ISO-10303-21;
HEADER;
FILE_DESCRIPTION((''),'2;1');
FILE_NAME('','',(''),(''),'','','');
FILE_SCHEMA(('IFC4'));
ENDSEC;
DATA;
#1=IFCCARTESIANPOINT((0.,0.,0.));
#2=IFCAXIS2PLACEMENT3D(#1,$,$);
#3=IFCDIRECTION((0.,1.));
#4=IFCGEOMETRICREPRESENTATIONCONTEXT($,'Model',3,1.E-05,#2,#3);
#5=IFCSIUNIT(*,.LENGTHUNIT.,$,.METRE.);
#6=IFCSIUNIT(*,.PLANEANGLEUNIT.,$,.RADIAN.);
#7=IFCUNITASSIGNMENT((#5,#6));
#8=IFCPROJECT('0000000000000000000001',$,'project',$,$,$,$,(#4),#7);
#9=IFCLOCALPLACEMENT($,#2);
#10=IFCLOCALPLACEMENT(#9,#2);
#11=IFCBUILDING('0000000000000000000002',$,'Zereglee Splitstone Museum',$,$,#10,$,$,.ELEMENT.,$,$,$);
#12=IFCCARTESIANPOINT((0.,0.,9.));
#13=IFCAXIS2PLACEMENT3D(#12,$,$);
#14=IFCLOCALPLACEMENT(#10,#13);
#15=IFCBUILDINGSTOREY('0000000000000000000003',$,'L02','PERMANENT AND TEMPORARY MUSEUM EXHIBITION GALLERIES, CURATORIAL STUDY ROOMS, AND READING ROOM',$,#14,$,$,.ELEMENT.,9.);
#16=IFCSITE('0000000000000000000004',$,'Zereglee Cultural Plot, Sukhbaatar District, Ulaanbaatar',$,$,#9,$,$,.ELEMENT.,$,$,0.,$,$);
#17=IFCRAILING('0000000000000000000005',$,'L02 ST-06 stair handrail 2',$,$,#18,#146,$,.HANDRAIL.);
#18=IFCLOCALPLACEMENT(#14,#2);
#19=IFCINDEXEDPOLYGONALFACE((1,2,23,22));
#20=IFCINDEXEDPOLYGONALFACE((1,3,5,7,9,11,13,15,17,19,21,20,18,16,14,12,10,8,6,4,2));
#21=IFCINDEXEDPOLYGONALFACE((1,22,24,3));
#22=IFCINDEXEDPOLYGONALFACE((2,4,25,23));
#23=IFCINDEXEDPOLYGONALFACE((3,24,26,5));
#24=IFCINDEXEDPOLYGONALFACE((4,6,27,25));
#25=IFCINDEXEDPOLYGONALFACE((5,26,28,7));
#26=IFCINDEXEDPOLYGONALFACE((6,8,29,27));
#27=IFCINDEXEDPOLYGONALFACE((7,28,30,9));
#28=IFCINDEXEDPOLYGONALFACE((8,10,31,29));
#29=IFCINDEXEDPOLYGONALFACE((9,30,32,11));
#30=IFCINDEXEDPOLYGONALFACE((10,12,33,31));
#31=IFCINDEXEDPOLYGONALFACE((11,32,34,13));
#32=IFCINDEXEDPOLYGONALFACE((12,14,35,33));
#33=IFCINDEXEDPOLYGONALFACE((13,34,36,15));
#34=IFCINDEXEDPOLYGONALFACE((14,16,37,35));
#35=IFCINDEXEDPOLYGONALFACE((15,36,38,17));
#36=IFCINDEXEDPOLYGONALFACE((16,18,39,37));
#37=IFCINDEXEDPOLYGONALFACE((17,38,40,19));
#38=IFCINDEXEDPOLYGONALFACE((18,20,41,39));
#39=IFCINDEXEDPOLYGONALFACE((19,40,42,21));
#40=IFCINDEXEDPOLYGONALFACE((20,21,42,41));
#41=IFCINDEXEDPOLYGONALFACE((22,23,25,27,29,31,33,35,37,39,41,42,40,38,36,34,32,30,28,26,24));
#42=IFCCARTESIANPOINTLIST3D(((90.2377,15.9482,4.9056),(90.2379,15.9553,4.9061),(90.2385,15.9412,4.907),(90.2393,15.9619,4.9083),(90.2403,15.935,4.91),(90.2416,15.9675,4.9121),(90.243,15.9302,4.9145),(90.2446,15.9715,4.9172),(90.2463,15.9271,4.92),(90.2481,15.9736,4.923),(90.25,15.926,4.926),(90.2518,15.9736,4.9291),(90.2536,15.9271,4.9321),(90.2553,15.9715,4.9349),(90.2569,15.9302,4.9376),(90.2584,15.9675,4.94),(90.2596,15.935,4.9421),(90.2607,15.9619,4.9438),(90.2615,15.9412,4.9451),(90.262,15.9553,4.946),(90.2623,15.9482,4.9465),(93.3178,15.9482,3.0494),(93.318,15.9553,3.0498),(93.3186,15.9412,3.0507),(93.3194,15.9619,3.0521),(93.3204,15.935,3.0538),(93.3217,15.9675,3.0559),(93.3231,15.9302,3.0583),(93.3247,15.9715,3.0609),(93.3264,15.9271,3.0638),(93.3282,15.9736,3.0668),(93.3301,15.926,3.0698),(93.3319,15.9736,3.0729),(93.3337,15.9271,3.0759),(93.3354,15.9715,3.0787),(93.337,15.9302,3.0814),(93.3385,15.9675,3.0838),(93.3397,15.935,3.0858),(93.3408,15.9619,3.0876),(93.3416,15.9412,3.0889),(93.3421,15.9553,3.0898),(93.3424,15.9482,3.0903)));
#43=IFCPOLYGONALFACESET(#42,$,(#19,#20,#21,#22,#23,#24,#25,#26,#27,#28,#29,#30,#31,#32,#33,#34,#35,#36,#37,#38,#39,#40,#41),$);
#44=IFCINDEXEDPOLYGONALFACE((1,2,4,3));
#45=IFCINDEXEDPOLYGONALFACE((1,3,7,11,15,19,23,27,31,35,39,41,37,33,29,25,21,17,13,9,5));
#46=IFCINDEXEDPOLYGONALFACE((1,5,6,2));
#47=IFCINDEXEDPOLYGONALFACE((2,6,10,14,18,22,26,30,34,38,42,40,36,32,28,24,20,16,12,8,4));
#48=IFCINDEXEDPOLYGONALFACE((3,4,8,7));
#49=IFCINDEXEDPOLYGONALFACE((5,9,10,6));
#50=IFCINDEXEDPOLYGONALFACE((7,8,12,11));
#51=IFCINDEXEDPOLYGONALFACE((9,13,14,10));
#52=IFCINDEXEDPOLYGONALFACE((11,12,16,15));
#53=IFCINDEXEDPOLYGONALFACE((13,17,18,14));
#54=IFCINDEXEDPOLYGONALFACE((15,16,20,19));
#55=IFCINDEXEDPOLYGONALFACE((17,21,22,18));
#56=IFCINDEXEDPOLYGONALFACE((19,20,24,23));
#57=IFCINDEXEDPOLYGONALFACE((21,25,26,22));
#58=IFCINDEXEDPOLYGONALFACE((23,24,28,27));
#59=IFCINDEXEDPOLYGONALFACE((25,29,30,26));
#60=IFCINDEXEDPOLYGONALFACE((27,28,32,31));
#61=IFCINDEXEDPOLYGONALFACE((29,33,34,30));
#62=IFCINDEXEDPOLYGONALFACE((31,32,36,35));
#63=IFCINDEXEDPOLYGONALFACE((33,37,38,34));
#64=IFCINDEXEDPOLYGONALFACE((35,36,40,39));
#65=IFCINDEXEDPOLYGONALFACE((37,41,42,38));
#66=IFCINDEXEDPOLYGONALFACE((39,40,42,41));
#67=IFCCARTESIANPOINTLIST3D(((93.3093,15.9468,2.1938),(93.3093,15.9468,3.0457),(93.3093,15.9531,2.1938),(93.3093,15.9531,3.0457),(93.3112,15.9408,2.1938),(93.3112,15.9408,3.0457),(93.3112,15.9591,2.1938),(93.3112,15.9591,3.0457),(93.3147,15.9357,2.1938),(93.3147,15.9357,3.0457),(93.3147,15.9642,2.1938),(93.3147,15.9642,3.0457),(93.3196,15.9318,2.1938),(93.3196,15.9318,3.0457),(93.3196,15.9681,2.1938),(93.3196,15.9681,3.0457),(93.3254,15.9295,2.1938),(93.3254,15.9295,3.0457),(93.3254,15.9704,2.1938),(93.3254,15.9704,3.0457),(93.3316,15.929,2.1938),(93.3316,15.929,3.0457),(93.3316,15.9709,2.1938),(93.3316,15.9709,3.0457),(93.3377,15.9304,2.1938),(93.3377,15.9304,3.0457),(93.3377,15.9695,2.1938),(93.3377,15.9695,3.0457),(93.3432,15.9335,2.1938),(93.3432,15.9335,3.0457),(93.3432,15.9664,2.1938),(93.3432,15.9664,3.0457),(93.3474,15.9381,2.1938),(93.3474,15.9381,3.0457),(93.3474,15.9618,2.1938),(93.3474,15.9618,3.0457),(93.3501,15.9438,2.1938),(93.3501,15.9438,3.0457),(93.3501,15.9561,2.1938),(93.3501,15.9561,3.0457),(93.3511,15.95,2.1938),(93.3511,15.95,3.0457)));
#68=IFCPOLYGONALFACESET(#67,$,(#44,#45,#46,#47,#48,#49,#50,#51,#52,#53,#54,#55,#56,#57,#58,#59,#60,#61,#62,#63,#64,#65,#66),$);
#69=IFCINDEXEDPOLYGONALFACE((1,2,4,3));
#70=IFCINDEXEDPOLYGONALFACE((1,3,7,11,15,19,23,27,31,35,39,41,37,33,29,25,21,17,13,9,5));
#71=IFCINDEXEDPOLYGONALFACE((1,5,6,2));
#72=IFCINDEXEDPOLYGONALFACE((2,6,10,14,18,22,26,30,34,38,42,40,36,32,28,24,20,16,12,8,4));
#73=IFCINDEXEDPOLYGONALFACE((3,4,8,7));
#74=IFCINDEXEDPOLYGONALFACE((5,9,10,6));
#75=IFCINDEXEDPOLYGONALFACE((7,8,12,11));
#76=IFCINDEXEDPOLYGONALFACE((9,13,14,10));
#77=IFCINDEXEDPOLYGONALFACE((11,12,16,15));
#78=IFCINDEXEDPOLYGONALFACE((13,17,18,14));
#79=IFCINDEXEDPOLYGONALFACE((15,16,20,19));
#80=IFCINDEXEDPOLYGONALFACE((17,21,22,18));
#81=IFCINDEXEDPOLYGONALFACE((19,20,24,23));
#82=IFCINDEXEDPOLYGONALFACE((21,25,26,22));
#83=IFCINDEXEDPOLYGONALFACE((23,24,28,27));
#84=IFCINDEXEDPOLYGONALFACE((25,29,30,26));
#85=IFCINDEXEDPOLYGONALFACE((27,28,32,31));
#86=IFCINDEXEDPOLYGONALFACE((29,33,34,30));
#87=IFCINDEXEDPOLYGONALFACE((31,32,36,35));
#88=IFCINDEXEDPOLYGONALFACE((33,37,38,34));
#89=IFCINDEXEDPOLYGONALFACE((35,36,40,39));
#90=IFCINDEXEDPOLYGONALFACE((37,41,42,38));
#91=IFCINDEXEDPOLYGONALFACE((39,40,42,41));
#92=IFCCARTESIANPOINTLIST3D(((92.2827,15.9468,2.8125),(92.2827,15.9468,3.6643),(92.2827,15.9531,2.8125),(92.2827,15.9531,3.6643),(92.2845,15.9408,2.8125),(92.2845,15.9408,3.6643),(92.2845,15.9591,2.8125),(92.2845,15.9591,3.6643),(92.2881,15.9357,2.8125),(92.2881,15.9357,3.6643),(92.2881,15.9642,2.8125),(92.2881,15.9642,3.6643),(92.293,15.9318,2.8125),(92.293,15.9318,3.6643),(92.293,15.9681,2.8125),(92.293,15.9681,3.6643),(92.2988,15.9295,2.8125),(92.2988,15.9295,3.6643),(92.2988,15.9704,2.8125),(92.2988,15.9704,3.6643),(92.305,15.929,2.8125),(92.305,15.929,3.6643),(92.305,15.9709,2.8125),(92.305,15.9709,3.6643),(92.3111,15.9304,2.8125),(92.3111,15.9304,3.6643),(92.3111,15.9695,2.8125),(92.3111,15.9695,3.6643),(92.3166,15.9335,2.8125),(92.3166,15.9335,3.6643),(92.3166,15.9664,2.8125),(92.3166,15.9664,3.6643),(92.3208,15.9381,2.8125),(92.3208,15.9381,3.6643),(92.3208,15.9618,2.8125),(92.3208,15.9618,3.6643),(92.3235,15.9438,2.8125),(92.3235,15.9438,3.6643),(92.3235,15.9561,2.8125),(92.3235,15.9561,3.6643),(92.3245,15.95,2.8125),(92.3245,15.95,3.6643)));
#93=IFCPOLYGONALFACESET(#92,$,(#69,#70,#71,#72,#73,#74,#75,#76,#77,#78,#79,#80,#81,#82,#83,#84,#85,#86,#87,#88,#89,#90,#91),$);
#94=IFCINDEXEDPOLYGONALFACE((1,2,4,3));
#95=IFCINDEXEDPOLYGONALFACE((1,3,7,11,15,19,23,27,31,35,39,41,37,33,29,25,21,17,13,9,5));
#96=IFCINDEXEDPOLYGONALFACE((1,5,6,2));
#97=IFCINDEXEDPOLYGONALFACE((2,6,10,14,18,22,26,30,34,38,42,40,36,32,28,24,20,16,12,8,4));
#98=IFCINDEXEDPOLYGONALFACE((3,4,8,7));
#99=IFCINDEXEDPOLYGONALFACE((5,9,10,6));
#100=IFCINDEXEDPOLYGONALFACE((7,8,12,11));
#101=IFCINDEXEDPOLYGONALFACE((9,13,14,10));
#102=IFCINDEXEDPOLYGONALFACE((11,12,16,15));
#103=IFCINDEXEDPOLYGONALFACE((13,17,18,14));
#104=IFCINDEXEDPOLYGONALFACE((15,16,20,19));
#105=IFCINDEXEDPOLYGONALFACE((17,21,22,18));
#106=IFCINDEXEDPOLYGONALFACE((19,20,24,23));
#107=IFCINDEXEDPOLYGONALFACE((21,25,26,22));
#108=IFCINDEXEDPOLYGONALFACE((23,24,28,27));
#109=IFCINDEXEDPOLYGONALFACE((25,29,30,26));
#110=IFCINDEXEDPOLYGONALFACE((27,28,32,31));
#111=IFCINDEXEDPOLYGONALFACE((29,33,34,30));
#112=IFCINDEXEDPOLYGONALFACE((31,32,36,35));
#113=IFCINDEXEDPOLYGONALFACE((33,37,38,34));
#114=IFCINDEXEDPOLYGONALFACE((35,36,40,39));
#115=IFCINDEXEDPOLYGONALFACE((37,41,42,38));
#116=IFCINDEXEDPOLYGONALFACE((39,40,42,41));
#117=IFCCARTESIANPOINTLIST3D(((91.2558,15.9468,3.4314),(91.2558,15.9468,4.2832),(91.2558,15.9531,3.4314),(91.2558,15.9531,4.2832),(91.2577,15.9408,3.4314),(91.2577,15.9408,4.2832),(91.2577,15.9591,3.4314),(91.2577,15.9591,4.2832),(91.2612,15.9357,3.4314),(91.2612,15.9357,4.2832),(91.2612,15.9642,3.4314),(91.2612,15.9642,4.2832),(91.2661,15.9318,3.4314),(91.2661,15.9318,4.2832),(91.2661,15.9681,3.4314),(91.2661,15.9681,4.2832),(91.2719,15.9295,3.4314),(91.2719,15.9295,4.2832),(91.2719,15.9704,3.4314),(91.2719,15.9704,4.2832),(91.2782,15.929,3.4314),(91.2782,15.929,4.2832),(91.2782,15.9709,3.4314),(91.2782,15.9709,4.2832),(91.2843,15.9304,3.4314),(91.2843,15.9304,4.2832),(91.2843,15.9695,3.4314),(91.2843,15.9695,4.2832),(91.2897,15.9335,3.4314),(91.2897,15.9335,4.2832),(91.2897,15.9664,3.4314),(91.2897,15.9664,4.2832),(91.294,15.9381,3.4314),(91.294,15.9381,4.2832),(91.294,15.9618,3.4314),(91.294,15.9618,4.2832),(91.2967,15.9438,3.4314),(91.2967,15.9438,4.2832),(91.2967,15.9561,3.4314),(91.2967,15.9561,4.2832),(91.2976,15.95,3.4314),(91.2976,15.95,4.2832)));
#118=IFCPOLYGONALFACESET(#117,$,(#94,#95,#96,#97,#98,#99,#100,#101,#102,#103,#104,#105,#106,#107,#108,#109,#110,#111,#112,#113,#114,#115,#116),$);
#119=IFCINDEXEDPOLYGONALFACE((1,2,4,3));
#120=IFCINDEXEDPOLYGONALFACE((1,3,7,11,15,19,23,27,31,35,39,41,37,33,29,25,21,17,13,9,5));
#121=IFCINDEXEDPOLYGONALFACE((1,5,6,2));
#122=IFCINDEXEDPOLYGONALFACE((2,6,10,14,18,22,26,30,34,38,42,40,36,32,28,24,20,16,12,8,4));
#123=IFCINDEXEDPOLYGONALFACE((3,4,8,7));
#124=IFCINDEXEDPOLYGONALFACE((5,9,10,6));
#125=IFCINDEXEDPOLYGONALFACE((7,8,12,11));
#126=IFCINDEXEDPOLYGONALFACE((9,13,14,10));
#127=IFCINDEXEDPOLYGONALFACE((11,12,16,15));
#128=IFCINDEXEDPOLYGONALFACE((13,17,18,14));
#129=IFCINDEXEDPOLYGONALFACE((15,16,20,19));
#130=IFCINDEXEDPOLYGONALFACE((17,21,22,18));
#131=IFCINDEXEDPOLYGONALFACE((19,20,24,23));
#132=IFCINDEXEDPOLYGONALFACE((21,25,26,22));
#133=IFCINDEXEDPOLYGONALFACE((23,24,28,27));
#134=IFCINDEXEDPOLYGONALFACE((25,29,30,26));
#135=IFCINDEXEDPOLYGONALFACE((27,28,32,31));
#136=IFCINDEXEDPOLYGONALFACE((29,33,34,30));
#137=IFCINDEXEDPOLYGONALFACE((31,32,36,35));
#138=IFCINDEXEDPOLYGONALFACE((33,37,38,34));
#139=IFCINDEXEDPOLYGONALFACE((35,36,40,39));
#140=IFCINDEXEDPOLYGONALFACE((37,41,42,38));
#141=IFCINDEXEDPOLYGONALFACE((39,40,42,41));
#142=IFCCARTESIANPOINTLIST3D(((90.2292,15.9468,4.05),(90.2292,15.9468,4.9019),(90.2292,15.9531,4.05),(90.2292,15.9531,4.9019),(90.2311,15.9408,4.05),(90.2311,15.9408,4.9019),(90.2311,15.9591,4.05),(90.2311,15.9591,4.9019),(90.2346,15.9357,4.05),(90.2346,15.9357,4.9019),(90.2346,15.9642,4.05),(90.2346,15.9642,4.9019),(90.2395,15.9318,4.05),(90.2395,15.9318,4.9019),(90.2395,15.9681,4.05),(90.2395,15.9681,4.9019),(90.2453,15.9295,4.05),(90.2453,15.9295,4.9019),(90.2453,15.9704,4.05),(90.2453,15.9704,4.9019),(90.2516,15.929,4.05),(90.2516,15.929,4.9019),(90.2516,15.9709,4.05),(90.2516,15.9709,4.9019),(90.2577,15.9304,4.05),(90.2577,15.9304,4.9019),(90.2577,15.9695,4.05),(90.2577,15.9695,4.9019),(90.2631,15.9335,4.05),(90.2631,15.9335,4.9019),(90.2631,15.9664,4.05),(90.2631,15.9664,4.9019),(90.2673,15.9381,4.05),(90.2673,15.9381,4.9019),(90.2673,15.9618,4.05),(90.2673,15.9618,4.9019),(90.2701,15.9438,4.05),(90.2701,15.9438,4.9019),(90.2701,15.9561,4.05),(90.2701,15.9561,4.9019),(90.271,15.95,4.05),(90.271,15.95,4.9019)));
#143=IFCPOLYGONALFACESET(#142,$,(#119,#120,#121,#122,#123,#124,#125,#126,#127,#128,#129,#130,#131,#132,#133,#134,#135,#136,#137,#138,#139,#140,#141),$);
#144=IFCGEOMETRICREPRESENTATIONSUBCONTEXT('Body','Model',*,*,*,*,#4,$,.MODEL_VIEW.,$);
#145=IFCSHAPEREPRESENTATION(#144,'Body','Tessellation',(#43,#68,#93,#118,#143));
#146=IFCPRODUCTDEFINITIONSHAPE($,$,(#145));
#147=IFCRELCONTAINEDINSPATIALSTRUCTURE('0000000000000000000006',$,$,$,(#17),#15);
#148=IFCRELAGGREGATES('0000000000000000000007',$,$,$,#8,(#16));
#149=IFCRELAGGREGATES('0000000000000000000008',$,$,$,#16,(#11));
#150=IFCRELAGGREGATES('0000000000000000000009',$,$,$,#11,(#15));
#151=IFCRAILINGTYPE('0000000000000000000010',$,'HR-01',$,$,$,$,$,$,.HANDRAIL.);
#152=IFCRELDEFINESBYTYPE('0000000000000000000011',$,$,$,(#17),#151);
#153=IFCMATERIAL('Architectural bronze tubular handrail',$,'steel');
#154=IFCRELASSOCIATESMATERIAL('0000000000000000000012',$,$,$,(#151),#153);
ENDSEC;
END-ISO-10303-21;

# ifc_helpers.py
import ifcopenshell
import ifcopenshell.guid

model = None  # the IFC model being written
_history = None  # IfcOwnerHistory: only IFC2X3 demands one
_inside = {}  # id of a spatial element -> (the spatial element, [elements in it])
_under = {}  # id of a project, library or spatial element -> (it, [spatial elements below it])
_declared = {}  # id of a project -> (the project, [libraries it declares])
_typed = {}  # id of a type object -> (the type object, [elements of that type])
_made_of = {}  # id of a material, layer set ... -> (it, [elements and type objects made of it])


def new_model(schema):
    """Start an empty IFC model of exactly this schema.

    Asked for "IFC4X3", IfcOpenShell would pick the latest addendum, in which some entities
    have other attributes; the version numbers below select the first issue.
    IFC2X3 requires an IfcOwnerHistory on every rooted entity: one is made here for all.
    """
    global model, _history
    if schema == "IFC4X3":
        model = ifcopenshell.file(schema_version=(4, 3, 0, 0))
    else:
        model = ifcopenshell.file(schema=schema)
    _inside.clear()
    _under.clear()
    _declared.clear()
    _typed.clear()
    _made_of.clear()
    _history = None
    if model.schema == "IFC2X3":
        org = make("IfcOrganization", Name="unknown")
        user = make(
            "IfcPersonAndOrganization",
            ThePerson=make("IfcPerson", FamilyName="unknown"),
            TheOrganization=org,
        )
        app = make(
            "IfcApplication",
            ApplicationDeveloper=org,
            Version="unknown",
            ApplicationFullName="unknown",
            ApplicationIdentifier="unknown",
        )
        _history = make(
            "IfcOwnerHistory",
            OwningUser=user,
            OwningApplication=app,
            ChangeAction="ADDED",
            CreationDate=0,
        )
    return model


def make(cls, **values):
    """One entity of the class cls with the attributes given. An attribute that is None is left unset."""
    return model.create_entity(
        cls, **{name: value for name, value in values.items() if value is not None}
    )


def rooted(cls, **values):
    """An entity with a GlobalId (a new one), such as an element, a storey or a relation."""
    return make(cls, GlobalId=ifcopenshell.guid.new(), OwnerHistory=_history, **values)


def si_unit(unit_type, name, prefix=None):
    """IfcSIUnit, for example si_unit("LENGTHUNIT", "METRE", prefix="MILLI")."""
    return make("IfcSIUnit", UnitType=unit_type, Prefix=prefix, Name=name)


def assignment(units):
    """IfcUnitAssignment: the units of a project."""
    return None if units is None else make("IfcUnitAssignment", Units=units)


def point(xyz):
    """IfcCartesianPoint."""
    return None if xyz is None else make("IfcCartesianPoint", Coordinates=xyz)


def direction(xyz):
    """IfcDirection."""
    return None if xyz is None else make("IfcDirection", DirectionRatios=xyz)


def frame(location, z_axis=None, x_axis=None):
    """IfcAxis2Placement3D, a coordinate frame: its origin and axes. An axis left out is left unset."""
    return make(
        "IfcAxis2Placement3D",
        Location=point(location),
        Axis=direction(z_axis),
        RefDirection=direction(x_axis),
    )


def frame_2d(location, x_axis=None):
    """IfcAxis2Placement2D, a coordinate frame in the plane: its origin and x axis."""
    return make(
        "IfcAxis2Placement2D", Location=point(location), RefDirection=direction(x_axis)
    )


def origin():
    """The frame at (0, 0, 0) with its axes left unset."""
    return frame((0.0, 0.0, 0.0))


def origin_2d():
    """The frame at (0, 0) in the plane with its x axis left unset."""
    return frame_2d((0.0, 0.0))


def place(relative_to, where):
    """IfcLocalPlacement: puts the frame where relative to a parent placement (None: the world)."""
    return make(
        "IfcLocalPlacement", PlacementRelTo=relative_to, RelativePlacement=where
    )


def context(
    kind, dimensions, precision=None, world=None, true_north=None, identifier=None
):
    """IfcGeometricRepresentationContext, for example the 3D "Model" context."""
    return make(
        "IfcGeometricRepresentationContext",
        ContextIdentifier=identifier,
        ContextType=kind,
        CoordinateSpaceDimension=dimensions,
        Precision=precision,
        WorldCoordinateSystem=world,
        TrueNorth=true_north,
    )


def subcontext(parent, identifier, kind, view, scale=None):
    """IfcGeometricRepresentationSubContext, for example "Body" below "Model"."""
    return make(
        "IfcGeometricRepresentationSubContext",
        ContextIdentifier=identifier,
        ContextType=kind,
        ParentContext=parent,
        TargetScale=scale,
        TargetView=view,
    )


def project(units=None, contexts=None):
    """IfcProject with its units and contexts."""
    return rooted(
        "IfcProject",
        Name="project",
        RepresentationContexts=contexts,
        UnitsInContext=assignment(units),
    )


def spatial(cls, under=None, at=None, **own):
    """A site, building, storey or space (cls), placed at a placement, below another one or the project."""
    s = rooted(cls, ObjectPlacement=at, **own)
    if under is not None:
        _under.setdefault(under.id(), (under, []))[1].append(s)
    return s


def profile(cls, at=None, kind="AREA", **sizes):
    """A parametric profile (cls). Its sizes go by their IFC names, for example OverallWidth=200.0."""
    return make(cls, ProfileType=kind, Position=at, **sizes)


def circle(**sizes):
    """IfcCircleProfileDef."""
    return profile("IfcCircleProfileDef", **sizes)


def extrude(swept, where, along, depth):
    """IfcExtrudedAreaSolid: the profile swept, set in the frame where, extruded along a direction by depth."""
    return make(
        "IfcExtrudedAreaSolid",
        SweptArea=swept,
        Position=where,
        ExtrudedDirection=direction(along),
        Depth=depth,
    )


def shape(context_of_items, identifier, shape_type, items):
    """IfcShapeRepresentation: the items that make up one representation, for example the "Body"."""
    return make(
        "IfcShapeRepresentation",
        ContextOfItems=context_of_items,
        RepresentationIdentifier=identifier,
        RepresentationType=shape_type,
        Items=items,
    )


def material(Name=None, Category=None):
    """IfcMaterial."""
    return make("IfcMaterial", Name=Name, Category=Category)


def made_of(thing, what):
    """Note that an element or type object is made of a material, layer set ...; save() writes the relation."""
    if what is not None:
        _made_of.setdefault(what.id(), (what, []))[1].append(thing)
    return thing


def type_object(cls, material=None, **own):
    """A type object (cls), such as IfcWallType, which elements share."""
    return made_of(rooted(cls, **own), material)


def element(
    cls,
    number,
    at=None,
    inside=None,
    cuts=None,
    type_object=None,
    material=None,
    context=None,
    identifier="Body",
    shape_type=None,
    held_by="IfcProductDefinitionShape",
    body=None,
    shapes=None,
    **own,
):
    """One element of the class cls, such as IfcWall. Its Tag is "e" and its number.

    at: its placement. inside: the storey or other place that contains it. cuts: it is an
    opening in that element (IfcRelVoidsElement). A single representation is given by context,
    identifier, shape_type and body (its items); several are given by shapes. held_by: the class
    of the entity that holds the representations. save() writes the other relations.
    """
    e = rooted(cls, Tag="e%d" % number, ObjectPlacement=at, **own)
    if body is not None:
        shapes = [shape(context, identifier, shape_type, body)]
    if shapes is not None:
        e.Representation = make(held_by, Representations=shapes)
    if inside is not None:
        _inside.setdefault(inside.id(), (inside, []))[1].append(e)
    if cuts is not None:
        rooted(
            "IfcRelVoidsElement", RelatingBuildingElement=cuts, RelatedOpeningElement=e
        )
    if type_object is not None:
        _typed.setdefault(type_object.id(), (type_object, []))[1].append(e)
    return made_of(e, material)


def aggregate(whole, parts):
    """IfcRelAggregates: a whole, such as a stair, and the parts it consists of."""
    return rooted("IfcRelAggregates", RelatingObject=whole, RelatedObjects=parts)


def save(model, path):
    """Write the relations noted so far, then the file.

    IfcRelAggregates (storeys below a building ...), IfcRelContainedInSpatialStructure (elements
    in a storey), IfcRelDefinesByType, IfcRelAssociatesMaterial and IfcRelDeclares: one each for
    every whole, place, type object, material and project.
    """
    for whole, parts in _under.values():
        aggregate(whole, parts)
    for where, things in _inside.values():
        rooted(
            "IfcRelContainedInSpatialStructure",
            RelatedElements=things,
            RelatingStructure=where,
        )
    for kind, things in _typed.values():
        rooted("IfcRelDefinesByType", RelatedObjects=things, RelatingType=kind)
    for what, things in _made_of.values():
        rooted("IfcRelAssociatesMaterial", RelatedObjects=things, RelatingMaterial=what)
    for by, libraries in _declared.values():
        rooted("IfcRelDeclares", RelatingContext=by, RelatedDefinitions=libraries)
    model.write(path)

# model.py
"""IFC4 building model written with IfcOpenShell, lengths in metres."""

from ifc_helpers import new_model, si_unit, direction, frame, origin, origin_2d, place, context, subcontext, project, spatial, circle, extrude, material, type_object, element, save


model = new_model("IFC4")

# Units and contexts
model_context = context("Model", 3, precision=1e-05, world=origin(), true_north=direction((0.0, 1.0)))
body_context = subcontext(model_context, "Body", "Model", "MODEL_VIEW")
ifc_project = project(units=[si_unit("LENGTHUNIT", "METRE"), si_unit("PLANEANGLEUNIT", "RADIAN")], contexts=[model_context])

# Site, building, storey
site_placement = place(None, origin())
site = spatial("IfcSite", under=ifc_project, at=site_placement, Name="Zereglee Cultural Plot, Sukhbaatar District, Ulaanbaatar", CompositionType="ELEMENT", RefElevation=0.0)
building_placement = place(site_placement, origin())
building = spatial("IfcBuilding", under=site, at=building_placement, Name="Zereglee Splitstone Museum", CompositionType="ELEMENT")
storey_placement = place(building_placement, frame((0.0, 0.0, 9.0)))
storey = spatial("IfcBuildingStorey", under=building, at=storey_placement, Name="L02", Description="PERMANENT AND TEMPORARY MUSEUM EXHIBITION GALLERIES, CURATORIAL STUDY ROOMS, AND READING ROOM", CompositionType="ELEMENT", Elevation=9.0)

# Railing
ifc_material_1 = material(Name="Architectural bronze tubular handrail", Category="steel")
railing_type_1 = type_object("IfcRailingType", Name="HR-01", PredefinedType="HANDRAIL", material=ifc_material_1)
railing_1_placement = place(storey_placement, frame((93.3301, 15.95, 2.1938)))
element("IfcRailing", 1, at=railing_1_placement, inside=storey, type_object=railing_type_1, Name="L02 ST-06 stair handrail 2", PredefinedType="HANDRAIL", context=body_context, shape_type="SweptSolid", body=[
    extrude(circle(Radius=0.0239, at=origin_2d()), frame((0.0, 0.0, 0.876), z_axis=(-0.856491, 0.0, 0.516162), x_axis=(0.0, -1.0, 0.0)), (0.0, 0.0, 1.0), 3.5962),
    extrude(circle(Radius=0.021, at=origin_2d()), origin(), (0.0, 0.0, 1.0), 0.8518),
    extrude(circle(Radius=0.021, at=origin_2d()), frame((-1.0266, 0.0, 0.6187)), (0.0, 0.0, 1.0), 0.8518),
    extrude(circle(Radius=0.021, at=origin_2d()), frame((-2.0535, 0.0, 1.2375)), (0.0, 0.0, 1.0), 0.8518),
    extrude(circle(Radius=0.021, at=origin_2d()), frame((-3.0801, 0.0, 1.8562)), (0.0, 0.0, 1.0), 0.8518),
])

save(model, "model.ifc")
